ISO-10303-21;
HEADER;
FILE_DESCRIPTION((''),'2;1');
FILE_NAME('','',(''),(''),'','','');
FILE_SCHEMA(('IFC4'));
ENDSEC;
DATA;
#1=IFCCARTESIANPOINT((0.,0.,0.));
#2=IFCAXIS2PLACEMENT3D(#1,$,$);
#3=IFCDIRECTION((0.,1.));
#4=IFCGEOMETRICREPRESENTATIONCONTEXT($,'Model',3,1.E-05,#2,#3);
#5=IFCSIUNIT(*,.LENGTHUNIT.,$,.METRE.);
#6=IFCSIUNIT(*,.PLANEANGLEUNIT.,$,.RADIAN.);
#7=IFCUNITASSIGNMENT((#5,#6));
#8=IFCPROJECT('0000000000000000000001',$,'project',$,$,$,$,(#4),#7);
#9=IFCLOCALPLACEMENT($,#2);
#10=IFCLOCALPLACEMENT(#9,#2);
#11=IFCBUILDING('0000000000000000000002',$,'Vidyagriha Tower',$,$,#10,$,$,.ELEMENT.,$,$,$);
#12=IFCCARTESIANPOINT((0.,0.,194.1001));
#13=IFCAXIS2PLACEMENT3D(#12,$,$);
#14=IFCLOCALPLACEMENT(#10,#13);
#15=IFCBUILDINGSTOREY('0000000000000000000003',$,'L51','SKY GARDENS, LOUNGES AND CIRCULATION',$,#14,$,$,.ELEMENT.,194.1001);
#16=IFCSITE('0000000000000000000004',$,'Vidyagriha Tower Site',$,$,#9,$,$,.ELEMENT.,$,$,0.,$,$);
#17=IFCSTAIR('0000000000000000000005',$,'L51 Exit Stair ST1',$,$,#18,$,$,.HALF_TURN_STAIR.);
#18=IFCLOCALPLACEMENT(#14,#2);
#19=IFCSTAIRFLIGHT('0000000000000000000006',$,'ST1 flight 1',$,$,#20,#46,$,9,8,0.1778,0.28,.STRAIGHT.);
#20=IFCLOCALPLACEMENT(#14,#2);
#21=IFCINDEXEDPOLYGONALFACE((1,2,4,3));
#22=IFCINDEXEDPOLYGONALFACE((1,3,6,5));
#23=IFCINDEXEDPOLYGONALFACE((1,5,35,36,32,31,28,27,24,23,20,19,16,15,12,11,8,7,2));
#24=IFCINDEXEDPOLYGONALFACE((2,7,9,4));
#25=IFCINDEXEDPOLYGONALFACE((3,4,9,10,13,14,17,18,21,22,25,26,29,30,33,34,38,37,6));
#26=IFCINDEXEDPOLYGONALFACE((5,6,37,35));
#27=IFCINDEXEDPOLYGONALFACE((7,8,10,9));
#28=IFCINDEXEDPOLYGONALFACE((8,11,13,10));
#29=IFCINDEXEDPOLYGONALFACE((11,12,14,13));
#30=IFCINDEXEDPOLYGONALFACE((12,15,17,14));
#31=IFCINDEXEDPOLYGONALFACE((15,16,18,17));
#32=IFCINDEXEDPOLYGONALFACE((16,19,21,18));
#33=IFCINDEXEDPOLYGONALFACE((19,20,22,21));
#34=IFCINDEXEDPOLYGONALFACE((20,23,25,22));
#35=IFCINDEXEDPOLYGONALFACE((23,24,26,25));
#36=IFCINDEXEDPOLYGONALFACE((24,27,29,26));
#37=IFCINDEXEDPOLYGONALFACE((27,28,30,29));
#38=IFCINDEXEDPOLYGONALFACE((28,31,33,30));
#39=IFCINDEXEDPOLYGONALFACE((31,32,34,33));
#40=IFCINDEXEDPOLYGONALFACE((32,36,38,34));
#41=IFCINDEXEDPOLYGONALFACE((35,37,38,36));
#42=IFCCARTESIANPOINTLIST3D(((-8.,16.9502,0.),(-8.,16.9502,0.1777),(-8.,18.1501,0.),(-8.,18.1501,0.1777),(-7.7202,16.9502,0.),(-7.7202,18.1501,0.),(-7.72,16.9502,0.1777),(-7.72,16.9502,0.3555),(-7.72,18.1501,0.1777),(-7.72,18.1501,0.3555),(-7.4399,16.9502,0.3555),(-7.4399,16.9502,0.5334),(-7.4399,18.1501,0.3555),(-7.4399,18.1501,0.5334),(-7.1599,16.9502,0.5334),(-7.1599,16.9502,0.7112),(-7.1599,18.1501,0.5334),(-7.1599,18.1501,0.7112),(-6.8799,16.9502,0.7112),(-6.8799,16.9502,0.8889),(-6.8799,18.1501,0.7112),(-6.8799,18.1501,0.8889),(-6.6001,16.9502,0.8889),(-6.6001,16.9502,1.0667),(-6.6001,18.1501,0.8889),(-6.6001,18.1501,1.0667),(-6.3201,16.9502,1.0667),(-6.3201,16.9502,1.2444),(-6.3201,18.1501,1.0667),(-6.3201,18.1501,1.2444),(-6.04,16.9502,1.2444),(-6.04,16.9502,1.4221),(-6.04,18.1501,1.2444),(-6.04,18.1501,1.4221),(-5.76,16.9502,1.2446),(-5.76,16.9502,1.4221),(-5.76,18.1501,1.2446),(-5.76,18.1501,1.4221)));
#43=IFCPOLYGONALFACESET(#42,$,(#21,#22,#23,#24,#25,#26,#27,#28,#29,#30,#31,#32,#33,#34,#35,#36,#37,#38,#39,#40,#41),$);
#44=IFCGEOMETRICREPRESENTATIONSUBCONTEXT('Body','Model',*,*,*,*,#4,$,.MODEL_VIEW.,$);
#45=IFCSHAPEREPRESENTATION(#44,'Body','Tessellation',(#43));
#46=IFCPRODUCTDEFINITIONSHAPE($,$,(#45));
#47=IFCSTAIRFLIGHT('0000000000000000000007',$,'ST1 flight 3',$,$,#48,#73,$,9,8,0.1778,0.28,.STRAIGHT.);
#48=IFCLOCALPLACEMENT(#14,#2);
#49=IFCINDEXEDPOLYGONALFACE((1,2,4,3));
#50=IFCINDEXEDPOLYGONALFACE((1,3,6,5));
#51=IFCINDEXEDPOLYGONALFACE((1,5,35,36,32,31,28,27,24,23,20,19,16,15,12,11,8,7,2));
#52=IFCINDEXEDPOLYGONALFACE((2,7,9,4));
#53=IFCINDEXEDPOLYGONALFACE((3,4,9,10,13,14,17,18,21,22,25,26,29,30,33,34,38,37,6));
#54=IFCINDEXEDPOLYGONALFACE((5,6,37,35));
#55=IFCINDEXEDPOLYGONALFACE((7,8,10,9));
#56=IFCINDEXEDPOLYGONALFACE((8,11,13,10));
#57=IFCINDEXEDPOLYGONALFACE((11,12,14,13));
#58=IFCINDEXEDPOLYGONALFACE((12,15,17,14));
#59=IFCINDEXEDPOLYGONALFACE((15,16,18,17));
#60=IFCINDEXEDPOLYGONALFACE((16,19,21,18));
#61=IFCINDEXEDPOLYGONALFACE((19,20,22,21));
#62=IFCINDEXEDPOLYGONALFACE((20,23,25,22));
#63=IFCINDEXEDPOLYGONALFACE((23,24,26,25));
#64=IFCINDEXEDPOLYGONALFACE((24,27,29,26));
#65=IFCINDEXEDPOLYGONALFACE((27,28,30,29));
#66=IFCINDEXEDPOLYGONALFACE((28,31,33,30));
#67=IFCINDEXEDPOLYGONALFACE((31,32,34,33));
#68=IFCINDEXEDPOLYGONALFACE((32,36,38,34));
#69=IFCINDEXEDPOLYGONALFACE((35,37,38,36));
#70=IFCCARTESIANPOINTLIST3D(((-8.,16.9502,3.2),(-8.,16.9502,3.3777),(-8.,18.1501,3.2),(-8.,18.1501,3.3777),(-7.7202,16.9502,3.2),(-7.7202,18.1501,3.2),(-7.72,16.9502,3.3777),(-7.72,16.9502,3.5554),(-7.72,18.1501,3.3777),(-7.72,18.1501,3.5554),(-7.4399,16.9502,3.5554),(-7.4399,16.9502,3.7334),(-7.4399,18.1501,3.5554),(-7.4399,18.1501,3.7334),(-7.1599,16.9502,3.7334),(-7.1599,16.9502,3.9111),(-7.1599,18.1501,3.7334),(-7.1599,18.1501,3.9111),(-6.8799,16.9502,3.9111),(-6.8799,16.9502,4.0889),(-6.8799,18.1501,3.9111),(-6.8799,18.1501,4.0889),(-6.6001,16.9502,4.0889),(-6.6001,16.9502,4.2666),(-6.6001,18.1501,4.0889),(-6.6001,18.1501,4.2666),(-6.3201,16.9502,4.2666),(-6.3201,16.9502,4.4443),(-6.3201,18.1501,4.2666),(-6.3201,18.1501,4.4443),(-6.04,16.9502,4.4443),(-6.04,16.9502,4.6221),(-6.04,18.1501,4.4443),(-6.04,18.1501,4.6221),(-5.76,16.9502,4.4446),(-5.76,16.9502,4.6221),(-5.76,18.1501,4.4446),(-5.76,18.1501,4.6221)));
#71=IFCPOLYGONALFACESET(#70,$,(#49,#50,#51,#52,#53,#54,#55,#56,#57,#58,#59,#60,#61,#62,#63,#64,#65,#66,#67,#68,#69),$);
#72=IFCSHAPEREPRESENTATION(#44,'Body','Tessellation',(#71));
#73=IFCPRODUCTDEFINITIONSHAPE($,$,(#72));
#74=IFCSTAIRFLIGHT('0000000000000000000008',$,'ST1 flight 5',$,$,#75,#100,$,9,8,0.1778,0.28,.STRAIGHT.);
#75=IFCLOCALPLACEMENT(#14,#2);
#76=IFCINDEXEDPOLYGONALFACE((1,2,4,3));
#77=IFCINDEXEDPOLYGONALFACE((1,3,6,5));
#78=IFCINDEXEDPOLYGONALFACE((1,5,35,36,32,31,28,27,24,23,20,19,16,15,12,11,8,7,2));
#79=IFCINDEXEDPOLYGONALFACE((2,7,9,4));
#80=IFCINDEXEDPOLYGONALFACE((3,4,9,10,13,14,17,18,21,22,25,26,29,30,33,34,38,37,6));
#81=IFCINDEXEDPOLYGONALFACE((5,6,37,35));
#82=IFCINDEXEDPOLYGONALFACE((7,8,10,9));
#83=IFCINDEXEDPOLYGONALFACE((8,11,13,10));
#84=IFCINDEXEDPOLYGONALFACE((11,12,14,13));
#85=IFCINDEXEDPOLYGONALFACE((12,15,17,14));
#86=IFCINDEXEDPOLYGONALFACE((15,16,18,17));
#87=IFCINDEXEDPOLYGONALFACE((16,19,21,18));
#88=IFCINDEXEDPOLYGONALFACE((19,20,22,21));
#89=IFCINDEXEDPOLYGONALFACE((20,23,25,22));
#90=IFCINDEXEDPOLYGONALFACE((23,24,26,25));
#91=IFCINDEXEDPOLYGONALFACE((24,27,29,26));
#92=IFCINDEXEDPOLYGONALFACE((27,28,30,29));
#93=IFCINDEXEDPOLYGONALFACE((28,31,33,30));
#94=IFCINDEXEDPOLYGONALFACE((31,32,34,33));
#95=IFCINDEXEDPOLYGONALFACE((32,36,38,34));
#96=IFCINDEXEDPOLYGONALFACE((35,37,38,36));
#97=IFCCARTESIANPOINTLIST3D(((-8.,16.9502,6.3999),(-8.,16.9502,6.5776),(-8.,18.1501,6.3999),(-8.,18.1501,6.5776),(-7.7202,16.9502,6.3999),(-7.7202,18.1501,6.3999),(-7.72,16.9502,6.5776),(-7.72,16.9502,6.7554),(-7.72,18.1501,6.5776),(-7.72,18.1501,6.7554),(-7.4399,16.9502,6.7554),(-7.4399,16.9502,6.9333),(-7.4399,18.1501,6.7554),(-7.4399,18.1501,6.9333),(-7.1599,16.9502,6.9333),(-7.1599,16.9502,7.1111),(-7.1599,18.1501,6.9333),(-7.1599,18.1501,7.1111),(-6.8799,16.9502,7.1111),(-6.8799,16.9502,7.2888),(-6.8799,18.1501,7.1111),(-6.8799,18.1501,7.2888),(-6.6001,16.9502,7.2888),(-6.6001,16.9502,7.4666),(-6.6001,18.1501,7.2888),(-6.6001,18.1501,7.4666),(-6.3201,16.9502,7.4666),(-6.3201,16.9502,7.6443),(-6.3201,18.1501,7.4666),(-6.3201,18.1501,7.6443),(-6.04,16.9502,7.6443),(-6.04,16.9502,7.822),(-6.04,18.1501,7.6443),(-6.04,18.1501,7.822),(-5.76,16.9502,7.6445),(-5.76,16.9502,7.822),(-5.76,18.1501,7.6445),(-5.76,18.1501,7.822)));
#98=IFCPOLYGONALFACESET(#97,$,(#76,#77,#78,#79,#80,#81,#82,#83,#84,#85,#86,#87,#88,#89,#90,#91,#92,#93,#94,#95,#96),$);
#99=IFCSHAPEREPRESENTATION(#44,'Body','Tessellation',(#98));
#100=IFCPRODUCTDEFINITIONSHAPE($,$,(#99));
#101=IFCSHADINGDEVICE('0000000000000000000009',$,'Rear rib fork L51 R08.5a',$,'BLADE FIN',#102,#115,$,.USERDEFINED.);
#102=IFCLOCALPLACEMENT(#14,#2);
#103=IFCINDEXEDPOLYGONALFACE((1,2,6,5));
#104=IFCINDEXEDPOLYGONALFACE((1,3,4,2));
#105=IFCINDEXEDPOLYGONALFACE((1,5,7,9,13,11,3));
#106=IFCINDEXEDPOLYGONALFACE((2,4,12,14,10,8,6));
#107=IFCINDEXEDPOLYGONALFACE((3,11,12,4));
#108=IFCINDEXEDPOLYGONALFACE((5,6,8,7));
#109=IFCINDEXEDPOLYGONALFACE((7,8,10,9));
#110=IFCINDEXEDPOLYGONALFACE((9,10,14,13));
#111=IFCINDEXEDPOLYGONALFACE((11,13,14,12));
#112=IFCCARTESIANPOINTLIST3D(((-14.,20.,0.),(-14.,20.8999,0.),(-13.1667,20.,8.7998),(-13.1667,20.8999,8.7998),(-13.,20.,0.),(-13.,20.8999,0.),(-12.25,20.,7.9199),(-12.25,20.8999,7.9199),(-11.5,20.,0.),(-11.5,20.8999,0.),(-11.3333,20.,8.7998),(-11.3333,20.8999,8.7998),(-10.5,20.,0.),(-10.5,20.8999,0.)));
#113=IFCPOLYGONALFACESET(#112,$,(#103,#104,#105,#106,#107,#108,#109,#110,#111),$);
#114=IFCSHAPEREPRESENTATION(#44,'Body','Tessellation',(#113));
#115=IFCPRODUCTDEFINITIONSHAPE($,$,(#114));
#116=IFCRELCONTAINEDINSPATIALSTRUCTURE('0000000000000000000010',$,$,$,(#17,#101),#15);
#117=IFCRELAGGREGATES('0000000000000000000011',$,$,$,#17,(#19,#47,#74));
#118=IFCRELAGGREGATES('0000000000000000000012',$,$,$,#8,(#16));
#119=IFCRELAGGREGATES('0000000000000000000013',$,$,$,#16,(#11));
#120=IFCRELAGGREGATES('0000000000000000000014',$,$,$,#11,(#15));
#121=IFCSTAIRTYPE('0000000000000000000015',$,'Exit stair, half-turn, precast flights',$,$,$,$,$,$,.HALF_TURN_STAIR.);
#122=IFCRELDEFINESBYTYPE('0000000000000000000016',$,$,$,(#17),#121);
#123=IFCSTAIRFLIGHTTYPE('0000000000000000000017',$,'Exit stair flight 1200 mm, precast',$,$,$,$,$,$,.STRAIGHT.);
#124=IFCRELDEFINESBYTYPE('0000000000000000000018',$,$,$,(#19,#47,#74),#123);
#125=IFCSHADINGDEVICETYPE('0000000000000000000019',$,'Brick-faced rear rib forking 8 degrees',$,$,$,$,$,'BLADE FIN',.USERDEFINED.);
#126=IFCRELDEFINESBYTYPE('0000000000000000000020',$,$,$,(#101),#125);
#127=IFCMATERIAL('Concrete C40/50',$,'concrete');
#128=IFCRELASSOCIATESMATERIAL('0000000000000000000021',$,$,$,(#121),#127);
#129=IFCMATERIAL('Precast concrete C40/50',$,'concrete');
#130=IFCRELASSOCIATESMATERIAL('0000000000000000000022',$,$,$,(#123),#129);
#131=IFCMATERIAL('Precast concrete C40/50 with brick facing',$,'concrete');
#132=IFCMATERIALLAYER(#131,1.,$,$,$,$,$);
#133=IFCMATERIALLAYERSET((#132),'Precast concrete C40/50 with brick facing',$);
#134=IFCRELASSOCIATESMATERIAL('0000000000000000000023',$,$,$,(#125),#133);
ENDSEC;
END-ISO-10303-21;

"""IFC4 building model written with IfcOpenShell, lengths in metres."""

from ifc_helpers import new_model, si_unit, direction, frame, origin, place, context, subcontext, project, spatial, polyline, outline, extrude, material, layer, layer_set, type_object, element, aggregate, save


model = new_model("IFC4")

# Units and contexts
model_context = context("Model", 3, precision=1e-05, world=origin(), true_north=direction((0.0, 1.0)))
body_context = subcontext(model_context, "Body", "Model", "MODEL_VIEW")
ifc_project = project(units=[si_unit("LENGTHUNIT", "METRE"), si_unit("PLANEANGLEUNIT", "RADIAN")], contexts=[model_context])

# Site, building, storey
site_placement = place(None, origin())
site = spatial("IfcSite", under=ifc_project, at=site_placement, Name="Vidyagriha Tower Site", CompositionType="ELEMENT", RefElevation=0.0)
building_placement = place(site_placement, origin())
building = spatial("IfcBuilding", under=site, at=building_placement, Name="Vidyagriha Tower", CompositionType="ELEMENT")
storey_placement = place(building_placement, frame((0.0, 0.0, 194.1001)))
storey = spatial("IfcBuildingStorey", under=building, at=storey_placement, Name="L51", Description="SKY GARDENS, LOUNGES AND CIRCULATION", CompositionType="ELEMENT", Elevation=194.1001)

# Stair, stair flights
ifc_material_1 = material(Name="Concrete C40/50", Category="concrete")
stair_type = type_object("IfcStairType", Name="Exit stair, half-turn, precast flights", PredefinedType="HALF_TURN_STAIR", material=ifc_material_1)
stair_placement = place(storey_placement, origin())
stair = element("IfcStair", 1, at=stair_placement, inside=storey, type_object=stair_type, Name="L51 Exit Stair ST1", PredefinedType="HALF_TURN_STAIR")
ifc_material_2 = material(Name="Precast concrete C40/50", Category="concrete")
stair_flight_type = type_object("IfcStairFlightType", Name="Exit stair flight 1200 mm, precast", PredefinedType="STRAIGHT", material=ifc_material_2)
stair_flight_1_placement = place(storey_placement, frame((-8.0, 17.55, 0.0)))
stair_flight_1 = element("IfcStairFlight", 2, at=stair_flight_1_placement, type_object=stair_flight_type, Name="ST1 flight 1", NumberOfRisers=9, NumberOfTreads=8, PredefinedType="STRAIGHT", RiserHeight=0.1778, TreadLength=0.28, context=body_context, shape_type="SweptSolid", body=[
    extrude(outline(polyline([(0.0, 0.0), (0.0, 0.1777), (0.28, 0.1777), (0.28, 0.3555), (0.5601, 0.3555), (0.5601, 0.5334), (0.8401, 0.5334), (0.8401, 0.7112), (1.1201, 0.7112), (1.1201, 0.8889), (1.3999, 0.8889), (1.3999, 1.0667), (1.6799, 1.0667), (1.6799, 1.2444), (1.96, 1.2444), (1.96, 1.4221), (2.24, 1.4221), (2.24, 1.6001), (2.24, 1.2446), (0.2798, 0.0), (0.0, 0.0)])), frame((0.0, 0.6001, 0.0), z_axis=(0.0, -1.0, 0.0), x_axis=(1.0, 0.0, 0.0)), (0.0, 0.0, 1.0), 1.2),
])
stair_flight_2_placement = place(storey_placement, frame((-8.0, 17.55, 3.2)))
stair_flight_2 = element("IfcStairFlight", 3, at=stair_flight_2_placement, type_object=stair_flight_type, Name="ST1 flight 3", NumberOfRisers=9, NumberOfTreads=8, PredefinedType="STRAIGHT", RiserHeight=0.1778, TreadLength=0.28, context=body_context, shape_type="SweptSolid", body=[
    extrude(outline(polyline([(0.0, 0.0), (0.0, 0.1777), (0.28, 0.1777), (0.28, 0.3555), (0.5601, 0.3555), (0.5601, 0.5334), (0.8401, 0.5334), (0.8401, 0.7112), (1.1201, 0.7112), (1.1201, 0.8889), (1.3999, 0.8889), (1.3999, 1.0667), (1.6799, 1.0667), (1.6799, 1.2444), (1.96, 1.2444), (1.96, 1.4221), (2.24, 1.4221), (2.24, 1.6001), (2.24, 1.2446), (0.2798, 0.0), (0.0, 0.0)])), frame((0.0, 0.6001, 0.0), z_axis=(0.0, -1.0, 0.0), x_axis=(1.0, 0.0, 0.0)), (0.0, 0.0, 1.0), 1.2),
])
stair_flight_3_placement = place(storey_placement, frame((-8.0, 17.55, 6.3999)))
stair_flight_3 = element("IfcStairFlight", 4, at=stair_flight_3_placement, type_object=stair_flight_type, Name="ST1 flight 5", NumberOfRisers=9, NumberOfTreads=8, PredefinedType="STRAIGHT", RiserHeight=0.1778, TreadLength=0.28, context=body_context, shape_type="SweptSolid", body=[
    extrude(outline(polyline([(0.0, 0.0), (0.0, 0.1777), (0.28, 0.1777), (0.28, 0.3555), (0.5601, 0.3555), (0.5601, 0.5334), (0.8401, 0.5334), (0.8401, 0.7112), (1.1201, 0.7112), (1.1201, 0.8889), (1.3999, 0.8889), (1.3999, 1.0667), (1.6799, 1.0667), (1.6799, 1.2444), (1.96, 1.2444), (1.96, 1.4221), (2.24, 1.4221), (2.24, 1.6001), (2.24, 1.2446), (0.2798, 0.0), (0.0, 0.0)])), frame((0.0, 0.6001, 0.0), z_axis=(0.0, -1.0, 0.0), x_axis=(1.0, 0.0, 0.0)), (0.0, 0.0, 1.0), 1.2),
])
aggregate(stair, [stair_flight_1, stair_flight_2, stair_flight_3])

# Shading device
ifc_material_3 = material(Name="Precast concrete C40/50 with brick facing", Category="concrete")
ifc_layer_1 = layer(ifc_material_3, 1.0)
ifc_layer_set_1 = layer_set([ifc_layer_1], Name="Precast concrete C40/50 with brick facing")
shading_device_type = type_object("IfcShadingDeviceType", Name="Brick-faced rear rib forking 8 degrees", ElementType="BLADE FIN", PredefinedType="USERDEFINED", material=ifc_layer_set_1)
shading_device_placement = place(storey_placement, frame((-10.5, 20.45, 0.0), z_axis=(0.0, 0.0, 1.0), x_axis=(-1.0, 0.0, 0.0)))
element("IfcShadingDevice", 5, at=shading_device_placement, inside=storey, type_object=shading_device_type, Name="Rear rib fork L51 R08.5a", ObjectType="BLADE FIN", PredefinedType="USERDEFINED", context=body_context, shape_type="SweptSolid", body=[
    extrude(outline(polyline([(1.0, 0.0), (1.75, 7.9199), (2.5, 0.0), (3.5, 0.0), (2.6667, 8.7998), (0.8333, 8.7998), (0.0, 0.0), (1.0, 0.0)])), frame((0.0, 0.45, 0.0), z_axis=(0.0, -1.0, 0.0), x_axis=(1.0, 0.0, 0.0)), (0.0, 0.0, 1.0), 0.8999),
])

save(model, "model.ifc")
